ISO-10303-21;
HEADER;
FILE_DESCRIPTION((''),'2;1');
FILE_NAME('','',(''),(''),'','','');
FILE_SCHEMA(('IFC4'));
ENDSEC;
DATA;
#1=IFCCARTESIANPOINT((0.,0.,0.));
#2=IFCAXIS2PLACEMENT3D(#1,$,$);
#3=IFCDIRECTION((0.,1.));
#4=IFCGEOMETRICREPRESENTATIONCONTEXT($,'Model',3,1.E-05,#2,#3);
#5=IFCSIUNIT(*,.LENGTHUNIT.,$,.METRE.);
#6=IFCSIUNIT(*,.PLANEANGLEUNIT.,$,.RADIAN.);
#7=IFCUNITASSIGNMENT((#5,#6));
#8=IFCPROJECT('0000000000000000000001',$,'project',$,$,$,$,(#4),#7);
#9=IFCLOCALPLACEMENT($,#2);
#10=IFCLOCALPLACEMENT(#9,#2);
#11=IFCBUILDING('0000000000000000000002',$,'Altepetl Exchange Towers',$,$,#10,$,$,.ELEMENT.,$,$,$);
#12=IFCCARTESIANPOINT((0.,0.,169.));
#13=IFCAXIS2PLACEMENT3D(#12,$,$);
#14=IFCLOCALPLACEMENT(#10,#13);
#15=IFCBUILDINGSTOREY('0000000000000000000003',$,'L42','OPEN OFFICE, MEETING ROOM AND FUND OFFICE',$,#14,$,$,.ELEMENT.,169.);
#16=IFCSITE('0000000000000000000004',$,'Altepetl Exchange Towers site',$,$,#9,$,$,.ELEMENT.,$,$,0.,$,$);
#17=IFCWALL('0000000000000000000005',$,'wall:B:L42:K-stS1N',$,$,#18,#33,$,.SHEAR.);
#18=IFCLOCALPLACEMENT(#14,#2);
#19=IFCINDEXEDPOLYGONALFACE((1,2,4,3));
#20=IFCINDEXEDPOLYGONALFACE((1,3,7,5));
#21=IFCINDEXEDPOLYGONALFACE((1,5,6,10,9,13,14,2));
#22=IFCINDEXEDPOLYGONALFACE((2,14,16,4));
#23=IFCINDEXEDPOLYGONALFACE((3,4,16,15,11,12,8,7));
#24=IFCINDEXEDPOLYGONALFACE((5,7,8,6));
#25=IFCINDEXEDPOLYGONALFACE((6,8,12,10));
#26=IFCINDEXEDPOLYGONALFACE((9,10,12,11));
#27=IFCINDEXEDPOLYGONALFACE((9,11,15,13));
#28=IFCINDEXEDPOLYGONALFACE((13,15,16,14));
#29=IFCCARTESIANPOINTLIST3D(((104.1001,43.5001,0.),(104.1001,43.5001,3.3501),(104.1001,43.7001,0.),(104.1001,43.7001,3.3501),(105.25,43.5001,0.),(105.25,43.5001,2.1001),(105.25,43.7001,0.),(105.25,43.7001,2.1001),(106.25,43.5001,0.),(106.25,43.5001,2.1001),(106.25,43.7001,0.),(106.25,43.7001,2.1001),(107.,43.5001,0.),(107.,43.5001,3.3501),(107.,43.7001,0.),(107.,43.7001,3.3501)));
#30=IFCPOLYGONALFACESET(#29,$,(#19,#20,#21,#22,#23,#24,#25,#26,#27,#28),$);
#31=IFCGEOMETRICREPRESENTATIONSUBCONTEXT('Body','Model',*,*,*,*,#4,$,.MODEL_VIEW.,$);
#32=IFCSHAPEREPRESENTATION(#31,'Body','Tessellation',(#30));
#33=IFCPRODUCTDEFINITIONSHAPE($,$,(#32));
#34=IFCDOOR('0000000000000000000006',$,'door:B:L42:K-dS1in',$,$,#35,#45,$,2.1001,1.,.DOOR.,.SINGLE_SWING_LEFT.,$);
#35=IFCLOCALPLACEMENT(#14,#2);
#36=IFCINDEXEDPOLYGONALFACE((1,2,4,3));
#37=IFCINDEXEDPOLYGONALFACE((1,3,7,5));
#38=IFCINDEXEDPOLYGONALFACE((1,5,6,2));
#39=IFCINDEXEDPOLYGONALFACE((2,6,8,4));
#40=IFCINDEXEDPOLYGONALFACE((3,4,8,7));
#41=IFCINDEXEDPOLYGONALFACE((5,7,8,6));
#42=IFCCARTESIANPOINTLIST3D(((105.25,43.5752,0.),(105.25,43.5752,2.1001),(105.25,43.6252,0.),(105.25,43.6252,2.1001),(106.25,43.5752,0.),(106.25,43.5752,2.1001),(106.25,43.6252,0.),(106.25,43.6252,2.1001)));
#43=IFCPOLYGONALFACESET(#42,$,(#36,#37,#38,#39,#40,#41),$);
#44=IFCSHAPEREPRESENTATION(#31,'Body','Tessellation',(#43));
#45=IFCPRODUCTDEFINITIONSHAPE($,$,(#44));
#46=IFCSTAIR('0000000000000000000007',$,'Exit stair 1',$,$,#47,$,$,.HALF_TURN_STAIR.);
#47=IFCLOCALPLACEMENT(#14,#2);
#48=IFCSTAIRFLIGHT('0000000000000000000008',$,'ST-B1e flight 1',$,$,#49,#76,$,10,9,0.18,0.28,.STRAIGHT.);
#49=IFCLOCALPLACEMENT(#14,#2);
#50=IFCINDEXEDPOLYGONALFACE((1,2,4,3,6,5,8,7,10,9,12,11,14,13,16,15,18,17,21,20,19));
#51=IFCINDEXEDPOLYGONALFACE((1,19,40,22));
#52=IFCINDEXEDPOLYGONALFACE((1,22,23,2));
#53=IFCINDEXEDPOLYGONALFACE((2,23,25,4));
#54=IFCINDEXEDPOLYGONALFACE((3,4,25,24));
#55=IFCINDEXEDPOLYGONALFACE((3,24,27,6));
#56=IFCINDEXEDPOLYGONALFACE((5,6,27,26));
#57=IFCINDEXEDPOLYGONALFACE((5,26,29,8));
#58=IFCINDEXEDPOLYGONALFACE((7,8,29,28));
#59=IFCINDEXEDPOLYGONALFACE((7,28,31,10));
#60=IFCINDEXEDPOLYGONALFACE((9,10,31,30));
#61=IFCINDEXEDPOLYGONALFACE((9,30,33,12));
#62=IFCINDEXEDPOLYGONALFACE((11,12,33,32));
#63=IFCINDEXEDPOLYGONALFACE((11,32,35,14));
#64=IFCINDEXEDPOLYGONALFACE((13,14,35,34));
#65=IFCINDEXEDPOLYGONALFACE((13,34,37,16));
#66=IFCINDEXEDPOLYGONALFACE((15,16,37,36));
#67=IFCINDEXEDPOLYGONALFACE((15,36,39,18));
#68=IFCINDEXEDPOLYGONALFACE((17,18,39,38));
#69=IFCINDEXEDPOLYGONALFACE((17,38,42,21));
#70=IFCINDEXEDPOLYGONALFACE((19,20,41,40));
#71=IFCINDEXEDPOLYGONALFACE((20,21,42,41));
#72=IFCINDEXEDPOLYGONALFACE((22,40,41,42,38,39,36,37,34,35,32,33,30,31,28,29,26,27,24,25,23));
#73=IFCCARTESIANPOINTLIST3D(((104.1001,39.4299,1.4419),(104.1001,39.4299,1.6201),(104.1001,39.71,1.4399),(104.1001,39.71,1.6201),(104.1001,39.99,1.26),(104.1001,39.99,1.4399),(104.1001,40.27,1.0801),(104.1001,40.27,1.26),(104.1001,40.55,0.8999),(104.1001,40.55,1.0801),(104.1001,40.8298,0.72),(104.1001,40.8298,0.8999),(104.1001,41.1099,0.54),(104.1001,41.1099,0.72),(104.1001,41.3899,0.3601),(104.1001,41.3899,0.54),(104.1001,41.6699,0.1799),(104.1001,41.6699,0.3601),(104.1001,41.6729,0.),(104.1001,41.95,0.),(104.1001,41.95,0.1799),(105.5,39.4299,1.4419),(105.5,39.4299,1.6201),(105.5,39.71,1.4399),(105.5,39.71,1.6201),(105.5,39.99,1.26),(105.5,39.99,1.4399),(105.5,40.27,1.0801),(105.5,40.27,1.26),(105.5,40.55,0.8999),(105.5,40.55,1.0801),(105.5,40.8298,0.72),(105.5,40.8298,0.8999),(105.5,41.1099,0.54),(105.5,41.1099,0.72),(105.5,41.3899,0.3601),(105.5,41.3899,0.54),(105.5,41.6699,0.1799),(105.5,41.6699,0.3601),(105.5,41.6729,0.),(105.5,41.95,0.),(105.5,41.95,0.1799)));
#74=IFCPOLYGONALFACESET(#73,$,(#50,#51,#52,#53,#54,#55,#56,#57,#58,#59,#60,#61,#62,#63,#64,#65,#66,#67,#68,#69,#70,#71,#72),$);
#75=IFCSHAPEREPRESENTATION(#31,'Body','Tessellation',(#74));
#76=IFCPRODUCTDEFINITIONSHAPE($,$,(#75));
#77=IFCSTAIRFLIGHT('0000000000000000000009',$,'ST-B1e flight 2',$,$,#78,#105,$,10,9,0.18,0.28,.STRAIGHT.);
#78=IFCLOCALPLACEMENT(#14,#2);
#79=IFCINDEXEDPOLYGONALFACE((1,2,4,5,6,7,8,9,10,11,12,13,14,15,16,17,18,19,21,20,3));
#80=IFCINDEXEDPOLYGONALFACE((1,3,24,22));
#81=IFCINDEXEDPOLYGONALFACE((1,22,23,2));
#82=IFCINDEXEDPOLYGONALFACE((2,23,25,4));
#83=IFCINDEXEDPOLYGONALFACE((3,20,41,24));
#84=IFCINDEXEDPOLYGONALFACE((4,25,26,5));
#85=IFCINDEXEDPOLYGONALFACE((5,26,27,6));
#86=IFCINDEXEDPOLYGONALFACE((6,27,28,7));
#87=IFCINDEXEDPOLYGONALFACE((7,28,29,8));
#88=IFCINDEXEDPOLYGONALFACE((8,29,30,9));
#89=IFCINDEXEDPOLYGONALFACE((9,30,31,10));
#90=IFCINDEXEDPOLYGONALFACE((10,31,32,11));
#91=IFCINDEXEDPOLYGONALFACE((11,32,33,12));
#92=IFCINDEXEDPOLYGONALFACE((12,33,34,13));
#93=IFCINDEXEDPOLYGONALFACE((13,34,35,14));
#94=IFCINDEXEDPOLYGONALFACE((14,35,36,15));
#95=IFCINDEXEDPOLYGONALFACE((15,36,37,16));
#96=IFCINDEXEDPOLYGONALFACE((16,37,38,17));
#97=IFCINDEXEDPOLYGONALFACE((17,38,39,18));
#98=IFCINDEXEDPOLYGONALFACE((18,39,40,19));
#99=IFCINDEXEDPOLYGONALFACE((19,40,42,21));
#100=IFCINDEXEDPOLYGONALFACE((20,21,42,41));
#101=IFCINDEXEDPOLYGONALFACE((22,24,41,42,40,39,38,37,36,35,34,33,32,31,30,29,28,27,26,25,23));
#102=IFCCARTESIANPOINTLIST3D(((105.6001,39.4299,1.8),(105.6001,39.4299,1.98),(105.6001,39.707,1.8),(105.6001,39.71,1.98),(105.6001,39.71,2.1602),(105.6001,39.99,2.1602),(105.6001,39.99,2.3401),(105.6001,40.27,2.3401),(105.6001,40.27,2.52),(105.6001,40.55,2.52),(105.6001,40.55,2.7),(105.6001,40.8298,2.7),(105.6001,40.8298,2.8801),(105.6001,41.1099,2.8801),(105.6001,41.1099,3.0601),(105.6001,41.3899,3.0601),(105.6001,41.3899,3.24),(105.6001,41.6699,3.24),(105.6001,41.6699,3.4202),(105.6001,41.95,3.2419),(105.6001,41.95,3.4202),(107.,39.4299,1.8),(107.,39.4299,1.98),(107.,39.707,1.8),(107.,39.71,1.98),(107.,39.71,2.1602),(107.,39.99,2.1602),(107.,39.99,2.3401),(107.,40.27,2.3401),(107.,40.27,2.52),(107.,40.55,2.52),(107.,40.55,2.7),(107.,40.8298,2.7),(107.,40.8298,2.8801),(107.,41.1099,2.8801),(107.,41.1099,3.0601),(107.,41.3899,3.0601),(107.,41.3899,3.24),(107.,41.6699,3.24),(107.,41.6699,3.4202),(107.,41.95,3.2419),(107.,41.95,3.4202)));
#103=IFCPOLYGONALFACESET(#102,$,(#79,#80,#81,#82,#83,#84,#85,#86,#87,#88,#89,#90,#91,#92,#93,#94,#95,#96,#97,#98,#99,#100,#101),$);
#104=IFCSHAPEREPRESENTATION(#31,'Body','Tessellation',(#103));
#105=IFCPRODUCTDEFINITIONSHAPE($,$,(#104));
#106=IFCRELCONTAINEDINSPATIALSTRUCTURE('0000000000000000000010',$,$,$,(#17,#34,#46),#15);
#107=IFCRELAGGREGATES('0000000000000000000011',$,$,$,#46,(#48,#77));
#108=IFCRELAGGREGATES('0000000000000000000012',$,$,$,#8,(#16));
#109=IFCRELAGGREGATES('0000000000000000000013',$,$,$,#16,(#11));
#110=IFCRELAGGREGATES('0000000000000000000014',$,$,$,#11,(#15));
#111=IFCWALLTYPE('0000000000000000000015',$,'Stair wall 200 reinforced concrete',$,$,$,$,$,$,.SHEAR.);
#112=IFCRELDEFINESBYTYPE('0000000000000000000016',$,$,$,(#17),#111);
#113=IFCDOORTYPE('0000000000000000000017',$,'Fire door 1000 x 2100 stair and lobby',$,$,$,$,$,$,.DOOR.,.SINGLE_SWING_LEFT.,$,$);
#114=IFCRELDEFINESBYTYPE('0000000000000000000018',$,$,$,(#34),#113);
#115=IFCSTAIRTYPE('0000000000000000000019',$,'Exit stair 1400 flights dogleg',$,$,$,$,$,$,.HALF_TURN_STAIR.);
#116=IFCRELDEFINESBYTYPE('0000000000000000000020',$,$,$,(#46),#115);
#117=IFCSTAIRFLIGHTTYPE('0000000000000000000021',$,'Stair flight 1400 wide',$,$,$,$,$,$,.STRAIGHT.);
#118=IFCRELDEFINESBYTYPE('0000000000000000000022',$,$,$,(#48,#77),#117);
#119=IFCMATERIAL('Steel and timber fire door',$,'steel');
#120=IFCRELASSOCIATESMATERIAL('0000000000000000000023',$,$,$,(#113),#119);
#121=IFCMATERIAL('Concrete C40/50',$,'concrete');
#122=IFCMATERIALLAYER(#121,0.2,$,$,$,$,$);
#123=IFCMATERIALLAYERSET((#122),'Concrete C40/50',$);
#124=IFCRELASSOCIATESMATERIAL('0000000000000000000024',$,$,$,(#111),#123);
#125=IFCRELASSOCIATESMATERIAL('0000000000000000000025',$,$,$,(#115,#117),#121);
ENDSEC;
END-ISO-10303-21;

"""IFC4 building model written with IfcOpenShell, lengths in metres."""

from ifc_helpers import new_model, si_unit, direction, frame, frame_2d, origin, place, context, subcontext, project, spatial, polyline, rectangle, outline, extrude, material, layer, layer_set, type_object, element, fill, aggregate, save


model = new_model("IFC4")

# Units and contexts
model_context = context("Model", 3, precision=1e-05, world=origin(), true_north=direction((0.0, 1.0)))
body_context = subcontext(model_context, "Body", "Model", "MODEL_VIEW")
ifc_project = project(units=[si_unit("LENGTHUNIT", "METRE"), si_unit("PLANEANGLEUNIT", "RADIAN")], contexts=[model_context])

# Site, building, storey
site_placement = place(None, origin())
site = spatial("IfcSite", under=ifc_project, at=site_placement, Name="Altepetl Exchange Towers site", CompositionType="ELEMENT", RefElevation=0.0)
building_placement = place(site_placement, origin())
building = spatial("IfcBuilding", under=site, at=building_placement, Name="Altepetl Exchange Towers", CompositionType="ELEMENT")
storey_placement = place(building_placement, frame((0.0, 0.0, 169.0)))
storey = spatial("IfcBuildingStorey", under=building, at=storey_placement, Name="L42", Description="OPEN OFFICE, MEETING ROOM AND FUND OFFICE", CompositionType="ELEMENT", Elevation=169.0)

# Shared definitions
ifc_material_1 = material(Name="Steel and timber fire door", Category="steel")
door_type_1 = type_object("IfcDoorType", Name="Fire door 1000 x 2100 stair and lobby", OperationType="SINGLE_SWING_LEFT", PredefinedType="DOOR", material=ifc_material_1)

# Shared definitions
ifc_material_2 = material(Name="Concrete C40/50", Category="concrete")

# Shared definitions
ifc_layer_1 = layer(ifc_material_2, 0.2)
ifc_layer_set_1 = layer_set([ifc_layer_1], Name="Concrete C40/50")
wall_type_1 = type_object("IfcWallType", Name="Stair wall 200 reinforced concrete", PredefinedType="SHEAR", material=ifc_layer_set_1)

# Wall, opening, door
wall_1_placement = place(storey_placement, frame((104.1001, 43.6001, 0.0)))
wall_1 = element("IfcWall", 1, at=wall_1_placement, inside=storey, type_object=wall_type_1, Name="wall:B:L42:K-stS1N", PredefinedType="SHEAR", context=body_context, shape_type="SweptSolid", body=[
    extrude(rectangle(XDim=2.8999, YDim=0.2, at=frame_2d((1.45, 0.0))), origin(), (0.0, 0.0, 1.0), 3.3501),
])
opening_1_placement = place(wall_1_placement, frame((1.1499, 0.0, 0.0)))
opening_1 = element("IfcOpeningElement", 2, at=opening_1_placement, cuts=wall_1, PredefinedType="OPENING", context=body_context, shape_type="SweptSolid", body=[
    extrude(rectangle(XDim=1.0, YDim=2.1001, at=frame_2d((0.5, 1.05))), frame((0.0, 0.1099, 0.0), z_axis=(0.0, -1.0, 0.0), x_axis=(1.0, 0.0, 0.0)), (0.0, 0.0, 1.0), 0.22),
])
door_1_placement = place(opening_1_placement, frame((1.0, 0.0, 0.0), x_axis=(-1.0, 0.0, 0.0)))
door_1 = element("IfcDoor", 3, at=door_1_placement, inside=storey, type_object=door_type_1, Name="door:B:L42:K-dS1in", OperationType="SINGLE_SWING_LEFT", OverallHeight=2.1001, OverallWidth=1.0, PredefinedType="DOOR", context=body_context, shape_type="SweptSolid", body=[
    extrude(rectangle(XDim=1.0, YDim=2.1001, at=frame_2d((0.5, 1.05))), frame((0.0, 0.0249, 0.0), z_axis=(0.0, -1.0, 0.0), x_axis=(1.0, 0.0, 0.0)), (0.0, 0.0, 1.0), 0.05),
])
fill(opening_1, door_1)

# Stair, stair flights
stair_type = type_object("IfcStairType", Name="Exit stair 1400 flights dogleg", PredefinedType="HALF_TURN_STAIR", material=ifc_material_2)
stair_placement = place(storey_placement, origin())
stair = element("IfcStair", 4, at=stair_placement, inside=storey, type_object=stair_type, Name="Exit stair 1", PredefinedType="HALF_TURN_STAIR")
stair_flight_type = type_object("IfcStairFlightType", Name="Stair flight 1400 wide", PredefinedType="STRAIGHT", material=ifc_material_2)
stair_flight_1_placement = place(storey_placement, frame((104.8, 41.95, 0.0), z_axis=(0.0, 0.0, 1.0), x_axis=(0.0, -1.0, 0.0)))
stair_flight_1 = element("IfcStairFlight", 5, at=stair_flight_1_placement, type_object=stair_flight_type, Name="ST-B1e flight 1", NumberOfRisers=10, NumberOfTreads=9, PredefinedType="STRAIGHT", RiserHeight=0.18, TreadLength=0.28, context=body_context, shape_type="SweptSolid", body=[
    extrude(outline(polyline([(0.0, 0.0), (0.0, 0.1799), (0.28, 0.1799), (0.28, 0.3601), (0.5601, 0.3601), (0.5601, 0.54), (0.8401, 0.54), (0.8401, 0.72), (1.1201, 0.72), (1.1201, 0.8999), (1.3999, 0.8999), (1.3999, 1.0801), (1.6799, 1.0801), (1.6799, 1.26), (1.96, 1.26), (1.96, 1.4399), (2.24, 1.4399), (2.24, 1.6201), (2.52, 1.6201), (2.52, 1.8), (2.52, 1.4419), (0.2771, 0.0), (0.0, 0.0)])), frame((0.0, 0.7, 0.0), z_axis=(0.0, -1.0, 0.0), x_axis=(1.0, 0.0, 0.0)), (0.0, 0.0, 1.0), 1.3999),
])
stair_flight_2_placement = place(storey_placement, frame((106.3, 39.4299, 1.8), z_axis=(0.0, 0.0, 1.0), x_axis=(0.0, 1.0, 0.0)))
stair_flight_2 = element("IfcStairFlight", 6, at=stair_flight_2_placement, type_object=stair_flight_type, Name="ST-B1e flight 2", NumberOfRisers=10, NumberOfTreads=9, PredefinedType="STRAIGHT", RiserHeight=0.18, TreadLength=0.28, context=body_context, shape_type="SweptSolid", body=[
    extrude(outline(polyline([(0.0, 0.0), (0.0, 0.1799), (0.28, 0.1799), (0.28, 0.3601), (0.5601, 0.3601), (0.5601, 0.54), (0.8401, 0.54), (0.8401, 0.72), (1.1201, 0.72), (1.1201, 0.8999), (1.3999, 0.8999), (1.3999, 1.0801), (1.6799, 1.0801), (1.6799, 1.26), (1.96, 1.26), (1.96, 1.4399), (2.24, 1.4399), (2.24, 1.6201), (2.52, 1.6201), (2.52, 1.8), (2.52, 1.4419), (0.2771, 0.0), (0.0, 0.0)])), frame((0.0, 0.7, 0.0), z_axis=(0.0, -1.0, 0.0), x_axis=(1.0, 0.0, 0.0)), (0.0, 0.0, 1.0), 1.3999),
])
aggregate(stair, [stair_flight_1, stair_flight_2])

save(model, "model.ifc")
